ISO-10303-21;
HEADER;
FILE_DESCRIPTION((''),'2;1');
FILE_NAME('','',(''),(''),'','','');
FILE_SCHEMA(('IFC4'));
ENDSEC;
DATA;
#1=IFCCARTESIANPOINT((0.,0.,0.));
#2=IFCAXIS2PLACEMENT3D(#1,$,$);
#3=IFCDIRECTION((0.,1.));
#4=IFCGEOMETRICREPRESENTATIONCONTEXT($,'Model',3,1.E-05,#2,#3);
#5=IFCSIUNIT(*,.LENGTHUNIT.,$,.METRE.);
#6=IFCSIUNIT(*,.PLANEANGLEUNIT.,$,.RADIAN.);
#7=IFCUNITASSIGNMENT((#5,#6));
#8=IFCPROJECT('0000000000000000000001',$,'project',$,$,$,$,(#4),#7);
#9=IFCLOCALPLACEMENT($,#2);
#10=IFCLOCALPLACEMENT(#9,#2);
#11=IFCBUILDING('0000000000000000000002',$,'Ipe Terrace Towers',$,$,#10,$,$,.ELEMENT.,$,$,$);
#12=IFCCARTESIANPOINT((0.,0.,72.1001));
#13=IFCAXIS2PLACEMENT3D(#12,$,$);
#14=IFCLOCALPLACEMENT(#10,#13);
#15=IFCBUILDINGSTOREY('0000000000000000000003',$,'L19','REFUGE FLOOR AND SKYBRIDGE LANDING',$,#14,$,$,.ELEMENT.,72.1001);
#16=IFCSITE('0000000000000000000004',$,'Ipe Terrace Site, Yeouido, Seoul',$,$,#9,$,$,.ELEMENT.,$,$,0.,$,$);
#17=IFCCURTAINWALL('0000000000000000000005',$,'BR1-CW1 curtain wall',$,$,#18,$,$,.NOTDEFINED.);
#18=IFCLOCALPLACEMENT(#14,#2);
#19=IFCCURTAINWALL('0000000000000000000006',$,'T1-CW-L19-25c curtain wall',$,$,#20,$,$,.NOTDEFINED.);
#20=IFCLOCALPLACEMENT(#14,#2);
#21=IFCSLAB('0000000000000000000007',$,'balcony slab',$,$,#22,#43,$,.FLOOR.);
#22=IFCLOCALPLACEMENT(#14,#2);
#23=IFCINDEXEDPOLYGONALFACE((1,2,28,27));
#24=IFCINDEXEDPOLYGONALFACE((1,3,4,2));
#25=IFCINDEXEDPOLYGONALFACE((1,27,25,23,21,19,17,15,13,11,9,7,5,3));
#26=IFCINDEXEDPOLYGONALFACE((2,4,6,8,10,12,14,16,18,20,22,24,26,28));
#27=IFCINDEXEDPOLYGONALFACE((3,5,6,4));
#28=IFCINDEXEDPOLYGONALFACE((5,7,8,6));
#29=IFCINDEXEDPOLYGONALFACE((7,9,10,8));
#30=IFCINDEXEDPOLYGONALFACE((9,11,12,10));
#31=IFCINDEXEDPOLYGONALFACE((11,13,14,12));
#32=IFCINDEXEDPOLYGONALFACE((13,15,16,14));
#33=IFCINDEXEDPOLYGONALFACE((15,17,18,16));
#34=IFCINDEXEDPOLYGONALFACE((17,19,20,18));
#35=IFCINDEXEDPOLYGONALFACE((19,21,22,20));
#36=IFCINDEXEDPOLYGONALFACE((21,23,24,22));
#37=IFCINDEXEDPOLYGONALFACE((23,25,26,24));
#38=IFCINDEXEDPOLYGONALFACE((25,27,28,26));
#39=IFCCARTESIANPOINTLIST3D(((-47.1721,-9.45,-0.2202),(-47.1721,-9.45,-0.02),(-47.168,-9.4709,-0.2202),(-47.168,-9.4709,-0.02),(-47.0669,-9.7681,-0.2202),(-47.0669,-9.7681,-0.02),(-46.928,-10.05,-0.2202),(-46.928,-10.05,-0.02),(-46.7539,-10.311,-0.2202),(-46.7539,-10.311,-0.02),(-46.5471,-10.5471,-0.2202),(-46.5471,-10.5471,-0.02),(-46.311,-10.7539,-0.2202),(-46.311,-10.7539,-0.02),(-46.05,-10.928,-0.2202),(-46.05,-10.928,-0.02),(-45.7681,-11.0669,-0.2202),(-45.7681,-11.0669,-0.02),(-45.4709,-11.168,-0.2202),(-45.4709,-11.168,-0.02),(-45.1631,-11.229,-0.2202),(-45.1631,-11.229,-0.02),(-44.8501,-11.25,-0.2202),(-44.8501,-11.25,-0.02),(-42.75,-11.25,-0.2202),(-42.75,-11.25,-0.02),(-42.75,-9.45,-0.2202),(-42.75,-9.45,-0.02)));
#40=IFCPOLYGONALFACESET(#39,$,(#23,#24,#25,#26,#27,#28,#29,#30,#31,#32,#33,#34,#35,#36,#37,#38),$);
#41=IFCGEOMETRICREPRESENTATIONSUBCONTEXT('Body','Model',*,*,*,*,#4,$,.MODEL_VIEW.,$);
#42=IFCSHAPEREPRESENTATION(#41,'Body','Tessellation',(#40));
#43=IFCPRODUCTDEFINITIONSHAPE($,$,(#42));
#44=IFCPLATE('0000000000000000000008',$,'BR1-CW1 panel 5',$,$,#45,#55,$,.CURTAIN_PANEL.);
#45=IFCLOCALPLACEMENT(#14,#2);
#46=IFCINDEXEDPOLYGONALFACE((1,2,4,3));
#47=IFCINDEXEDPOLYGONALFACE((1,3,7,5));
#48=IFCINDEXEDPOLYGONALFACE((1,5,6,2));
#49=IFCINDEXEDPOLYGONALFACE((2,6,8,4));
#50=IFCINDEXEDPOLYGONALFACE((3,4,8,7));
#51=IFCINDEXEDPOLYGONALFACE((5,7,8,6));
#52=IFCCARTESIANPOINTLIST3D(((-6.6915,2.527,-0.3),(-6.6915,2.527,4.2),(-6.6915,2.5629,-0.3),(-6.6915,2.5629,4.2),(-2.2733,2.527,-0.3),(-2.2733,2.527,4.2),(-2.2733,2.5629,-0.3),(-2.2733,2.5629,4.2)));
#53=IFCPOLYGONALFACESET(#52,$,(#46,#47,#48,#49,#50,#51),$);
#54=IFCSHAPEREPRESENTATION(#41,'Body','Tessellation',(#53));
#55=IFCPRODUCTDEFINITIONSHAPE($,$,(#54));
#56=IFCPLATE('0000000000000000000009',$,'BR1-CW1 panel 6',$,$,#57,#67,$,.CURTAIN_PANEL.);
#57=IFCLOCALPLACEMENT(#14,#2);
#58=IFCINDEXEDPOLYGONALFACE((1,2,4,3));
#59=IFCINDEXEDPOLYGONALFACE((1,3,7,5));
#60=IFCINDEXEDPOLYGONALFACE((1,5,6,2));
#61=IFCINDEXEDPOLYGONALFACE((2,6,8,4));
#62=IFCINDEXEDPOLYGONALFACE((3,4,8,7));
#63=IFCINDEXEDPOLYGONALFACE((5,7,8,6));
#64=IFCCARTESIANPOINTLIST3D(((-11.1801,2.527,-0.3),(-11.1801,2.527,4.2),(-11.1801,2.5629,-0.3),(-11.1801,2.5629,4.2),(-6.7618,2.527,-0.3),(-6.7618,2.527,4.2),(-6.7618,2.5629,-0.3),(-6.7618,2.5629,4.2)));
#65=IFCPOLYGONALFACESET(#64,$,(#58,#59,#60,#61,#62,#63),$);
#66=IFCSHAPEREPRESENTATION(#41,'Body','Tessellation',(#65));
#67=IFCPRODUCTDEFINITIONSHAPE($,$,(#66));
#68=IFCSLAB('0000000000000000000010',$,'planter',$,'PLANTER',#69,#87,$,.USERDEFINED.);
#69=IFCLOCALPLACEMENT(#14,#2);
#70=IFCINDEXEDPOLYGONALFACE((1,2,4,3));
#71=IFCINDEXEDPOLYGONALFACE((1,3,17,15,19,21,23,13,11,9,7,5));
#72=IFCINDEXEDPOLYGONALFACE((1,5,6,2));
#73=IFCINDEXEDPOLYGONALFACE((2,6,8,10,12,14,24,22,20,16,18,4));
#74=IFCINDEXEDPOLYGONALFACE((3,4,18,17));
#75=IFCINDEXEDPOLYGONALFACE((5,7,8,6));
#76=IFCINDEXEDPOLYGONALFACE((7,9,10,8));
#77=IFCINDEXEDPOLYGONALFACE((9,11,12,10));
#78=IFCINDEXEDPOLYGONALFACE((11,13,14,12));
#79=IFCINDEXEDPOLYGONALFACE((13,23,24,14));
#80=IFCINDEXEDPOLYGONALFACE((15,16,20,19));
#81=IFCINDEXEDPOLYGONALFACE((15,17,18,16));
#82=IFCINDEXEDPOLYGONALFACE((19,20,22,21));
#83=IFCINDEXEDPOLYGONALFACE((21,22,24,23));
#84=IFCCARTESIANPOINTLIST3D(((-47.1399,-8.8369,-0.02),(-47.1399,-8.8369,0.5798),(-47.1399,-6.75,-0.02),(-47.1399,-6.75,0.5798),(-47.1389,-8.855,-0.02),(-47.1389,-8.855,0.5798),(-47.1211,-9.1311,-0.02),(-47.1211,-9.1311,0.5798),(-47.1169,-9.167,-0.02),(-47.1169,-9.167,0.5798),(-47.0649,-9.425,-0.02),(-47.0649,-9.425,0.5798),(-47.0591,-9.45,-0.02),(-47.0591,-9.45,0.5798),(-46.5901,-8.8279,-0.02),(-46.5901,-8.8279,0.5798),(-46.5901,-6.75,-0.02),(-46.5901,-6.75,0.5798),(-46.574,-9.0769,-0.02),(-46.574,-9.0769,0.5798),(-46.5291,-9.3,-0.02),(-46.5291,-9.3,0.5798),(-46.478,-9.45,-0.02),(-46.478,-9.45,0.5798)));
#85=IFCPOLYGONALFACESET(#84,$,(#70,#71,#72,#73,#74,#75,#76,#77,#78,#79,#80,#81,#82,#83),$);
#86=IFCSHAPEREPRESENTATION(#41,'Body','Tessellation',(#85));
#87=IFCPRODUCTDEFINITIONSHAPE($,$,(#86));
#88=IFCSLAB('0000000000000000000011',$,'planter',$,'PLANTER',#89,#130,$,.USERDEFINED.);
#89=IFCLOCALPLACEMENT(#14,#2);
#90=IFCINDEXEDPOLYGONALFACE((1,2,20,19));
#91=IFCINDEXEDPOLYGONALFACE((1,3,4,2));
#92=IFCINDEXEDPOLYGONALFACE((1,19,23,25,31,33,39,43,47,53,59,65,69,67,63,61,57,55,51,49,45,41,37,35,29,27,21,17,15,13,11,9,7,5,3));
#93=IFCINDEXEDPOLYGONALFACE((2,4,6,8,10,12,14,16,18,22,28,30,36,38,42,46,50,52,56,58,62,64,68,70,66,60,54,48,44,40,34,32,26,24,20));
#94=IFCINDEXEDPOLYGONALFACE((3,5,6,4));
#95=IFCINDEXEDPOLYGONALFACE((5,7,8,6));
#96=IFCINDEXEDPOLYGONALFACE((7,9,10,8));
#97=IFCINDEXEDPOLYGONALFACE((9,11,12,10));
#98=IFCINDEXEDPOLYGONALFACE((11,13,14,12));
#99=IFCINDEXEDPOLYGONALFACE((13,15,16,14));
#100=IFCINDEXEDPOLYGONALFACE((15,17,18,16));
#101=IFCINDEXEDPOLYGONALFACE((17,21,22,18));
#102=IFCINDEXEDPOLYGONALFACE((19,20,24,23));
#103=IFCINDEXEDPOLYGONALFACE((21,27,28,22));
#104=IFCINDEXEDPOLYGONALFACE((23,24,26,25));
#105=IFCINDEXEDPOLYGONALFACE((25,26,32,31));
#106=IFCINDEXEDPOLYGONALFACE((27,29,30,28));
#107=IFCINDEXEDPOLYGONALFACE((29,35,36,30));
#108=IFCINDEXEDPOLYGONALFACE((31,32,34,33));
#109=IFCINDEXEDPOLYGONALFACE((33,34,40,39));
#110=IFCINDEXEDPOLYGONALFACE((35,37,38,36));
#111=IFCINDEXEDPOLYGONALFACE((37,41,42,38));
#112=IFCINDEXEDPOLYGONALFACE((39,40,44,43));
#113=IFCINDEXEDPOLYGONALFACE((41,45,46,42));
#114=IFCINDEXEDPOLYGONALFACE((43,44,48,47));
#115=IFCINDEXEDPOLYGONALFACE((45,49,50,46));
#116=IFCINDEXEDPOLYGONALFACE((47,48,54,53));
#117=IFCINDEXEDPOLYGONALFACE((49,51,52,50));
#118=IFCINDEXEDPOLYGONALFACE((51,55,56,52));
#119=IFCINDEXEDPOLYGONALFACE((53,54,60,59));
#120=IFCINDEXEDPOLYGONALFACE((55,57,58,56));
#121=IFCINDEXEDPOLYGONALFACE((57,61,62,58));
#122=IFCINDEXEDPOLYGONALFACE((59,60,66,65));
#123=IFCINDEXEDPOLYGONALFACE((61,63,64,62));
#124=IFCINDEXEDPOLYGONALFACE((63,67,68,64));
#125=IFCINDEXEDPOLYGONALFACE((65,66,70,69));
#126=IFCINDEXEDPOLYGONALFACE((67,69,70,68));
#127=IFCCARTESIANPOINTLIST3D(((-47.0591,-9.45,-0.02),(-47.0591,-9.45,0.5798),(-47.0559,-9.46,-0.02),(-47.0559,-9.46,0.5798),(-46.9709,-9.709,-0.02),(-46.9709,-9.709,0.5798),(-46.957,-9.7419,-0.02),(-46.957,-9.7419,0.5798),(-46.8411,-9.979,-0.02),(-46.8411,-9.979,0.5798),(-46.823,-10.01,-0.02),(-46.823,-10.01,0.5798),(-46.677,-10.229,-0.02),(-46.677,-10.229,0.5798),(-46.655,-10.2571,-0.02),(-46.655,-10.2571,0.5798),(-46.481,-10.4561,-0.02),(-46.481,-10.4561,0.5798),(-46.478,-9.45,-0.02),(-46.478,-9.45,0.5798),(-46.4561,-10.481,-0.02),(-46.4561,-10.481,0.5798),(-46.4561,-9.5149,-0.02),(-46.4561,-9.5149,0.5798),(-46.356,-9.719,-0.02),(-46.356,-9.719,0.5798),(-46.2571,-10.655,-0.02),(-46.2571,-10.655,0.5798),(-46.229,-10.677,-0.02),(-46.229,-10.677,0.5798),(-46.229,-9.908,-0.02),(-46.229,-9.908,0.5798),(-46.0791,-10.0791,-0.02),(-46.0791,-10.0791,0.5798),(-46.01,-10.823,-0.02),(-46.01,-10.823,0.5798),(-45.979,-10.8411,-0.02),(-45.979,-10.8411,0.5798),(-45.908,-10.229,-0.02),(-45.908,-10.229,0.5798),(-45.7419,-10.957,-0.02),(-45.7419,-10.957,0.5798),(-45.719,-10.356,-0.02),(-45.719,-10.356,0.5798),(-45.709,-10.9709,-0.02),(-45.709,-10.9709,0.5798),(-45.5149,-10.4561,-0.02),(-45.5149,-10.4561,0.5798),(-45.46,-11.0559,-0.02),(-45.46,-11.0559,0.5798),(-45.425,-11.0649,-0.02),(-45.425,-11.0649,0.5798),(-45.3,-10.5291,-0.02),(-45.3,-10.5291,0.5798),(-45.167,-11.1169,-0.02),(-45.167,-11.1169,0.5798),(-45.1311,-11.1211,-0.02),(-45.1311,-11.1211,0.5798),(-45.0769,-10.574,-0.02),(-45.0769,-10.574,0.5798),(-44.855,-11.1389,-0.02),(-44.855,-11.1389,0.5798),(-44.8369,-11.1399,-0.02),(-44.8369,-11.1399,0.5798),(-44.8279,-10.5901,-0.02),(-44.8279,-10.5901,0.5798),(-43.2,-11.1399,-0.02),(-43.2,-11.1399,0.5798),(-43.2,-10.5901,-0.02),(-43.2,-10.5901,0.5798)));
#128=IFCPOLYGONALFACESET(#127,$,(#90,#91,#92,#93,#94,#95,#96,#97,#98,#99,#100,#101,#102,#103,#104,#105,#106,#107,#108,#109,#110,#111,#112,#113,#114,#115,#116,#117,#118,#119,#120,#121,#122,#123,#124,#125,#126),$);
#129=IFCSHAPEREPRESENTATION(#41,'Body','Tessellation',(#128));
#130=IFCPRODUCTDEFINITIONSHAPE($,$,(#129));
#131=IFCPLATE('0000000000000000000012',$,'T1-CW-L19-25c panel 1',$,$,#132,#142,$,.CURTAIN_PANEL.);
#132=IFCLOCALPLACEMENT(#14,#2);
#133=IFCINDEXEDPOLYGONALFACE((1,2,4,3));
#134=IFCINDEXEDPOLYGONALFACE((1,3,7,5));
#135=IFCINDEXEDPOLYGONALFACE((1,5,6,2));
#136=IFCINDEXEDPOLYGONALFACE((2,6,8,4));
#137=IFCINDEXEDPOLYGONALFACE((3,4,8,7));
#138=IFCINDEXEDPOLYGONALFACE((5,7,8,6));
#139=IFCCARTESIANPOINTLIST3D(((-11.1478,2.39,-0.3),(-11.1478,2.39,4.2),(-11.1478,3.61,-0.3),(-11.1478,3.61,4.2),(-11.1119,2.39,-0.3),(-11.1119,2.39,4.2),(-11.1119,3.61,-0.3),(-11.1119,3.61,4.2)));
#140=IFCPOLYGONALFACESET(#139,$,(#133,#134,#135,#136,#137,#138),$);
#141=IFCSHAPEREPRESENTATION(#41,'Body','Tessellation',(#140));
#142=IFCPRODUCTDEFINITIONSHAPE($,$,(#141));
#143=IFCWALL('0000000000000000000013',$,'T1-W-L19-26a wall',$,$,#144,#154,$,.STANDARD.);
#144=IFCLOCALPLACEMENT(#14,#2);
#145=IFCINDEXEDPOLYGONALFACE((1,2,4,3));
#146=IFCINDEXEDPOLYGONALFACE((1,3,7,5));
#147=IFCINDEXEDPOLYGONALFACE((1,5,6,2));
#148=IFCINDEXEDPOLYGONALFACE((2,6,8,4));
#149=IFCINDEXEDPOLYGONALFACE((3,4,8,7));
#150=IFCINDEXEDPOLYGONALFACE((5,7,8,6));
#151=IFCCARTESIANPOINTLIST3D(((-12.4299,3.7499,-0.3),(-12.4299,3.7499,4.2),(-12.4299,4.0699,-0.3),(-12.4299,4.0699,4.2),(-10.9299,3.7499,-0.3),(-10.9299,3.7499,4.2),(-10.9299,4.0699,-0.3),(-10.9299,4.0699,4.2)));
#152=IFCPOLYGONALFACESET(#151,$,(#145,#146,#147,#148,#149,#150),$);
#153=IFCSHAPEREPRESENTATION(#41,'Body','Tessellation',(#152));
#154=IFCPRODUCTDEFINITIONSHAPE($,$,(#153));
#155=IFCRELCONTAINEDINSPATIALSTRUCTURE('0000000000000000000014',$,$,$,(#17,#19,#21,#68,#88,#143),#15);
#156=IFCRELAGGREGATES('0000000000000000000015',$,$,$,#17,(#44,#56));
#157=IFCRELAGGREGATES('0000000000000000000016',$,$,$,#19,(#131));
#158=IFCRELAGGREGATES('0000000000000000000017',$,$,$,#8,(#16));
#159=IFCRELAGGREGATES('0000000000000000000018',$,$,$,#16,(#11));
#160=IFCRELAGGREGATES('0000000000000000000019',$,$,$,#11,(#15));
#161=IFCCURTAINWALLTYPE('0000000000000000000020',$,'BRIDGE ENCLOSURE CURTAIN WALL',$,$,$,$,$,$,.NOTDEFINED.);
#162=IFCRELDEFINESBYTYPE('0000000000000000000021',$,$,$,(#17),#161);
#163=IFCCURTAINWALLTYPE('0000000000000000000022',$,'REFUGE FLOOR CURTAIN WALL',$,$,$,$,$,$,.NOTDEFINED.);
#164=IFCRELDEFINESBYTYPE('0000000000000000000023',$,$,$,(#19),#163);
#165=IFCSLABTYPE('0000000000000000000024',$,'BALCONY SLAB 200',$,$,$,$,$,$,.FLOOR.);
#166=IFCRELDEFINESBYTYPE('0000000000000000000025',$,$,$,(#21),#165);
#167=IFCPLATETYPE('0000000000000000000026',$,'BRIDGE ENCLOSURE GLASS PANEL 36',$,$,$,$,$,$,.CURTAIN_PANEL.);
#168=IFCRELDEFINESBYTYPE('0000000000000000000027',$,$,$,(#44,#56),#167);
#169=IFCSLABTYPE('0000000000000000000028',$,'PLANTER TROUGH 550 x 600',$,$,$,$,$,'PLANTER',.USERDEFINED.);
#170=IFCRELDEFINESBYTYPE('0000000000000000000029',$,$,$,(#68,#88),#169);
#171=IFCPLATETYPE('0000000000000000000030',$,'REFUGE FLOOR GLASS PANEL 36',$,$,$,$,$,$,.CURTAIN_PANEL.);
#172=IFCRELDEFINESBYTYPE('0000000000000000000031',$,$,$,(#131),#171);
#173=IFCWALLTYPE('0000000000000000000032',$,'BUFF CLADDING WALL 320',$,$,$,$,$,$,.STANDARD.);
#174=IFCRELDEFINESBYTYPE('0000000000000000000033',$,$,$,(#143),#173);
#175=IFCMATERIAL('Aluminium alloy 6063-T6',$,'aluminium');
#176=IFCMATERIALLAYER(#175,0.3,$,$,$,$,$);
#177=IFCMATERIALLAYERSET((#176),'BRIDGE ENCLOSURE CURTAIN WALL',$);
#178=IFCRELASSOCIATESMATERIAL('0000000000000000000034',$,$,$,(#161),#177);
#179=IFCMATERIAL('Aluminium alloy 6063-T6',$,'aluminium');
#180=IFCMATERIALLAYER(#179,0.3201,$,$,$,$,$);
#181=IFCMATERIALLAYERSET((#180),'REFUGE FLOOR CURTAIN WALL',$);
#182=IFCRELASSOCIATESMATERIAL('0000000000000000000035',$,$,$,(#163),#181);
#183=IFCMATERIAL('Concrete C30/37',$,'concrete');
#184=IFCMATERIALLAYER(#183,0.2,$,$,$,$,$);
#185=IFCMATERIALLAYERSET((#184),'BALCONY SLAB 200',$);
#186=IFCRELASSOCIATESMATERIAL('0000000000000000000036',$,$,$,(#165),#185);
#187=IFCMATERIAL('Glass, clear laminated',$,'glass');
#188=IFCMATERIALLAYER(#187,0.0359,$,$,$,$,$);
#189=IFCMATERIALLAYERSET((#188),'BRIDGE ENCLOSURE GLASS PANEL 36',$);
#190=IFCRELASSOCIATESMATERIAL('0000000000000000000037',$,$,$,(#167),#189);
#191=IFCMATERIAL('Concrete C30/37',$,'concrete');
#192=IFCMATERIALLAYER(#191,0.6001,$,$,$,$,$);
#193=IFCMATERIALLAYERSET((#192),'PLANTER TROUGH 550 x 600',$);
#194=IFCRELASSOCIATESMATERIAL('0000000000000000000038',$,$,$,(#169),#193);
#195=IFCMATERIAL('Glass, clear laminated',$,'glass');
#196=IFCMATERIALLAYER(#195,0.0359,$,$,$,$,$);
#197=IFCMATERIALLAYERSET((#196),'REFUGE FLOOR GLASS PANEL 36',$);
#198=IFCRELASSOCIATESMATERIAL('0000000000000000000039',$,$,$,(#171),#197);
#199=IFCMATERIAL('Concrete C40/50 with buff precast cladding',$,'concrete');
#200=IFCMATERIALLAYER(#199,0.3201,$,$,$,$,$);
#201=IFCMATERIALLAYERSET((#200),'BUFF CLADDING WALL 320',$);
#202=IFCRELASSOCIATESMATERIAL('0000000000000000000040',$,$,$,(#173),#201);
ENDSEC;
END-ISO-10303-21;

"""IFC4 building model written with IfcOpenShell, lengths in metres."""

from ifc_helpers import new_model, si_unit, direction, frame, frame_2d, origin, origin_2d, place, context, subcontext, project, spatial, polyline, rectangle, outline, extrude, material, layer, layer_set, type_object, element, aggregate, save


model = new_model("IFC4")

# Units and contexts
model_context = context("Model", 3, precision=1e-05, world=origin(), true_north=direction((0.0, 1.0)))
body_context = subcontext(model_context, "Body", "Model", "MODEL_VIEW")
ifc_project = project(units=[si_unit("LENGTHUNIT", "METRE"), si_unit("PLANEANGLEUNIT", "RADIAN")], contexts=[model_context])

# Site, building, storey
site_placement = place(None, origin())
site = spatial("IfcSite", under=ifc_project, at=site_placement, Name="Ipe Terrace Site, Yeouido, Seoul", CompositionType="ELEMENT", RefElevation=0.0)
building_placement = place(site_placement, origin())
building = spatial("IfcBuilding", under=site, at=building_placement, Name="Ipe Terrace Towers", CompositionType="ELEMENT")
storey_placement = place(building_placement, frame((0.0, 0.0, 72.1001)))
storey = spatial("IfcBuildingStorey", under=building, at=storey_placement, Name="L19", Description="REFUGE FLOOR AND SKYBRIDGE LANDING", CompositionType="ELEMENT", Elevation=72.1001)

# Curtain wall
ifc_material_1 = material(Name="Aluminium alloy 6063-T6", Category="aluminium")
ifc_layer_1 = layer(ifc_material_1, 0.3)
ifc_layer_set_1 = layer_set([ifc_layer_1], Name="BRIDGE ENCLOSURE CURTAIN WALL")
curtain_wall_type_1 = type_object("IfcCurtainWallType", Name="BRIDGE ENCLOSURE CURTAIN WALL", PredefinedType="NOTDEFINED", material=ifc_layer_set_1)
curtain_wall_1_placement = place(storey_placement, origin())
curtain_wall_1 = element("IfcCurtainWall", 1, at=curtain_wall_1_placement, inside=storey, type_object=curtain_wall_type_1, Name="BR1-CW1 curtain wall", PredefinedType="NOTDEFINED")

# Curtain wall
ifc_material_2 = material(Name="Aluminium alloy 6063-T6", Category="aluminium")
ifc_layer_2 = layer(ifc_material_2, 0.3201)
ifc_layer_set_2 = layer_set([ifc_layer_2], Name="REFUGE FLOOR CURTAIN WALL")
curtain_wall_type_2 = type_object("IfcCurtainWallType", Name="REFUGE FLOOR CURTAIN WALL", PredefinedType="NOTDEFINED", material=ifc_layer_set_2)
curtain_wall_2_placement = place(storey_placement, origin())
curtain_wall_2 = element("IfcCurtainWall", 2, at=curtain_wall_2_placement, inside=storey, type_object=curtain_wall_type_2, Name="T1-CW-L19-25c curtain wall", PredefinedType="NOTDEFINED")

# Slab
ifc_material_3 = material(Name="Concrete C30/37", Category="concrete")
ifc_layer_3 = layer(ifc_material_3, 0.2)
ifc_layer_set_3 = layer_set([ifc_layer_3], Name="BALCONY SLAB 200")
slab_type_1 = type_object("IfcSlabType", Name="BALCONY SLAB 200", PredefinedType="FLOOR", material=ifc_layer_set_3)
slab_1_placement = place(storey_placement, frame((0.0, 0.0, -0.2202)))
element("IfcSlab", 3, at=slab_1_placement, inside=storey, type_object=slab_type_1, Name="balcony slab", PredefinedType="FLOOR", context=body_context, shape_type="SweptSolid", body=[
    extrude(outline(polyline([(-42.75, -11.25), (-42.75, -9.45), (-47.1721, -9.45), (-47.168, -9.4709), (-47.0669, -9.7681), (-46.928, -10.05), (-46.7539, -10.311), (-46.5471, -10.5471), (-46.311, -10.7539), (-46.05, -10.928), (-45.7681, -11.0669), (-45.4709, -11.168), (-45.1631, -11.229), (-44.8501, -11.25), (-42.75, -11.25)])), origin(), (0.0, 0.0, 1.0), 0.2002),
])

# Plates
ifc_material_4 = material(Name="Glass, clear laminated", Category="glass")
ifc_layer_4 = layer(ifc_material_4, 0.0359)
ifc_layer_set_4 = layer_set([ifc_layer_4], Name="BRIDGE ENCLOSURE GLASS PANEL 36")
plate_type_1 = type_object("IfcPlateType", Name="BRIDGE ENCLOSURE GLASS PANEL 36", PredefinedType="CURTAIN_PANEL", material=ifc_layer_set_4)
plate_1_placement = place(storey_placement, frame((-4.4824, 2.5449, -0.3), z_axis=(0.0, 0.0, 1.0), x_axis=(-1.0, 0.0, 0.0)))
plate_1 = element("IfcPlate", 4, at=plate_1_placement, type_object=plate_type_1, Name="BR1-CW1 panel 5", PredefinedType="CURTAIN_PANEL", context=body_context, shape_type="SweptSolid", body=[
    extrude(rectangle(XDim=4.4182, YDim=0.0359, at=origin_2d()), origin(), (0.0, 0.0, 1.0), 4.5),
])
plate_2_placement = place(storey_placement, frame((-8.9709, 2.5449, -0.3), z_axis=(0.0, 0.0, 1.0), x_axis=(-1.0, 0.0, 0.0)))
plate_2 = element("IfcPlate", 5, at=plate_2_placement, type_object=plate_type_1, Name="BR1-CW1 panel 6", PredefinedType="CURTAIN_PANEL", context=body_context, shape_type="SweptSolid", body=[
    extrude(rectangle(XDim=4.4182, YDim=0.0359, at=origin_2d()), origin(), (0.0, 0.0, 1.0), 4.5),
])
aggregate(curtain_wall_1, [plate_1, plate_2])

# Slabs
ifc_material_5 = material(Name="Concrete C30/37", Category="concrete")
ifc_layer_5 = layer(ifc_material_5, 0.6001)
ifc_layer_set_5 = layer_set([ifc_layer_5], Name="PLANTER TROUGH 550 x 600")
slab_type_2 = type_object("IfcSlabType", Name="PLANTER TROUGH 550 x 600", ElementType="PLANTER", PredefinedType="USERDEFINED", material=ifc_layer_set_5)
slab_2_placement = place(storey_placement, frame((0.0, 0.0, -0.02)))
element("IfcSlab", 6, at=slab_2_placement, inside=storey, type_object=slab_type_2, Name="planter", ObjectType="PLANTER", PredefinedType="USERDEFINED", context=body_context, shape_type="SweptSolid", body=[
    extrude(outline(polyline([(-46.5291, -9.3), (-46.574, -9.0769), (-46.5901, -8.8279), (-46.5901, -6.75), (-47.1399, -6.75), (-47.1399, -8.8369), (-47.1389, -8.855), (-47.1211, -9.1311), (-47.1169, -9.167), (-47.0649, -9.425), (-47.0591, -9.45), (-46.478, -9.45), (-46.5291, -9.3)])), origin(), (0.0, 0.0, 1.0), 0.5999),
])
slab_3_placement = place(storey_placement, frame((0.0, 0.0, -0.02)))
element("IfcSlab", 7, at=slab_3_placement, inside=storey, type_object=slab_type_2, Name="planter", ObjectType="PLANTER", PredefinedType="USERDEFINED", context=body_context, shape_type="SweptSolid", body=[
    extrude(outline(polyline([(-46.4561, -9.5149), (-46.478, -9.45), (-47.0591, -9.45), (-47.0559, -9.46), (-46.9709, -9.709), (-46.957, -9.7419), (-46.8411, -9.979), (-46.823, -10.01), (-46.677, -10.229), (-46.655, -10.2571), (-46.481, -10.4561), (-46.4561, -10.481), (-46.2571, -10.655), (-46.229, -10.677), (-46.01, -10.823), (-45.979, -10.8411), (-45.7419, -10.957), (-45.709, -10.9709), (-45.46, -11.0559), (-45.425, -11.0649), (-45.167, -11.1169), (-45.1311, -11.1211), (-44.855, -11.1389), (-44.8369, -11.1399), (-43.2, -11.1399), (-43.2, -10.5901), (-44.8279, -10.5901), (-45.0769, -10.574), (-45.3, -10.5291), (-45.5149, -10.4561), (-45.719, -10.356), (-45.908, -10.229), (-46.0791, -10.0791), (-46.229, -9.908), (-46.356, -9.719), (-46.4561, -9.5149)])), origin(), (0.0, 0.0, 1.0), 0.5999),
])

# Plate
ifc_material_6 = material(Name="Glass, clear laminated", Category="glass")
ifc_layer_6 = layer(ifc_material_6, 0.0359)
ifc_layer_set_6 = layer_set([ifc_layer_6], Name="REFUGE FLOOR GLASS PANEL 36")
plate_type_2 = type_object("IfcPlateType", Name="REFUGE FLOOR GLASS PANEL 36", PredefinedType="CURTAIN_PANEL", material=ifc_layer_set_6)
plate_3_placement = place(storey_placement, frame((-11.1299, 3.0, -0.3), z_axis=(0.0, 0.0, 1.0), x_axis=(0.0, 1.0, 0.0)))
plate_3 = element("IfcPlate", 8, at=plate_3_placement, type_object=plate_type_2, Name="T1-CW-L19-25c panel 1", PredefinedType="CURTAIN_PANEL", context=body_context, shape_type="SweptSolid", body=[
    extrude(rectangle(XDim=1.22, YDim=0.0359, at=origin_2d()), origin(), (0.0, 0.0, 1.0), 4.5),
])
aggregate(curtain_wall_2, [plate_3])

# Wall
ifc_material_7 = material(Name="Concrete C40/50 with buff precast cladding", Category="concrete")
ifc_layer_7 = layer(ifc_material_7, 0.3201)
ifc_layer_set_7 = layer_set([ifc_layer_7], Name="BUFF CLADDING WALL 320")
wall_type = type_object("IfcWallType", Name="BUFF CLADDING WALL 320", PredefinedType="STANDARD", material=ifc_layer_set_7)
wall_placement = place(storey_placement, frame((-10.9299, 3.9099, -0.3), z_axis=(0.0, 0.0, 1.0), x_axis=(-1.0, 0.0, 0.0)))
element("IfcWall", 9, at=wall_placement, inside=storey, type_object=wall_type, Name="T1-W-L19-26a wall", PredefinedType="STANDARD", context=body_context, shape_type="SweptSolid", body=[
    extrude(rectangle(XDim=1.5, YDim=0.3201, at=frame_2d((0.75, 0.0))), origin(), (0.0, 0.0, 1.0), 4.5),
])

save(model, "model.ifc")
